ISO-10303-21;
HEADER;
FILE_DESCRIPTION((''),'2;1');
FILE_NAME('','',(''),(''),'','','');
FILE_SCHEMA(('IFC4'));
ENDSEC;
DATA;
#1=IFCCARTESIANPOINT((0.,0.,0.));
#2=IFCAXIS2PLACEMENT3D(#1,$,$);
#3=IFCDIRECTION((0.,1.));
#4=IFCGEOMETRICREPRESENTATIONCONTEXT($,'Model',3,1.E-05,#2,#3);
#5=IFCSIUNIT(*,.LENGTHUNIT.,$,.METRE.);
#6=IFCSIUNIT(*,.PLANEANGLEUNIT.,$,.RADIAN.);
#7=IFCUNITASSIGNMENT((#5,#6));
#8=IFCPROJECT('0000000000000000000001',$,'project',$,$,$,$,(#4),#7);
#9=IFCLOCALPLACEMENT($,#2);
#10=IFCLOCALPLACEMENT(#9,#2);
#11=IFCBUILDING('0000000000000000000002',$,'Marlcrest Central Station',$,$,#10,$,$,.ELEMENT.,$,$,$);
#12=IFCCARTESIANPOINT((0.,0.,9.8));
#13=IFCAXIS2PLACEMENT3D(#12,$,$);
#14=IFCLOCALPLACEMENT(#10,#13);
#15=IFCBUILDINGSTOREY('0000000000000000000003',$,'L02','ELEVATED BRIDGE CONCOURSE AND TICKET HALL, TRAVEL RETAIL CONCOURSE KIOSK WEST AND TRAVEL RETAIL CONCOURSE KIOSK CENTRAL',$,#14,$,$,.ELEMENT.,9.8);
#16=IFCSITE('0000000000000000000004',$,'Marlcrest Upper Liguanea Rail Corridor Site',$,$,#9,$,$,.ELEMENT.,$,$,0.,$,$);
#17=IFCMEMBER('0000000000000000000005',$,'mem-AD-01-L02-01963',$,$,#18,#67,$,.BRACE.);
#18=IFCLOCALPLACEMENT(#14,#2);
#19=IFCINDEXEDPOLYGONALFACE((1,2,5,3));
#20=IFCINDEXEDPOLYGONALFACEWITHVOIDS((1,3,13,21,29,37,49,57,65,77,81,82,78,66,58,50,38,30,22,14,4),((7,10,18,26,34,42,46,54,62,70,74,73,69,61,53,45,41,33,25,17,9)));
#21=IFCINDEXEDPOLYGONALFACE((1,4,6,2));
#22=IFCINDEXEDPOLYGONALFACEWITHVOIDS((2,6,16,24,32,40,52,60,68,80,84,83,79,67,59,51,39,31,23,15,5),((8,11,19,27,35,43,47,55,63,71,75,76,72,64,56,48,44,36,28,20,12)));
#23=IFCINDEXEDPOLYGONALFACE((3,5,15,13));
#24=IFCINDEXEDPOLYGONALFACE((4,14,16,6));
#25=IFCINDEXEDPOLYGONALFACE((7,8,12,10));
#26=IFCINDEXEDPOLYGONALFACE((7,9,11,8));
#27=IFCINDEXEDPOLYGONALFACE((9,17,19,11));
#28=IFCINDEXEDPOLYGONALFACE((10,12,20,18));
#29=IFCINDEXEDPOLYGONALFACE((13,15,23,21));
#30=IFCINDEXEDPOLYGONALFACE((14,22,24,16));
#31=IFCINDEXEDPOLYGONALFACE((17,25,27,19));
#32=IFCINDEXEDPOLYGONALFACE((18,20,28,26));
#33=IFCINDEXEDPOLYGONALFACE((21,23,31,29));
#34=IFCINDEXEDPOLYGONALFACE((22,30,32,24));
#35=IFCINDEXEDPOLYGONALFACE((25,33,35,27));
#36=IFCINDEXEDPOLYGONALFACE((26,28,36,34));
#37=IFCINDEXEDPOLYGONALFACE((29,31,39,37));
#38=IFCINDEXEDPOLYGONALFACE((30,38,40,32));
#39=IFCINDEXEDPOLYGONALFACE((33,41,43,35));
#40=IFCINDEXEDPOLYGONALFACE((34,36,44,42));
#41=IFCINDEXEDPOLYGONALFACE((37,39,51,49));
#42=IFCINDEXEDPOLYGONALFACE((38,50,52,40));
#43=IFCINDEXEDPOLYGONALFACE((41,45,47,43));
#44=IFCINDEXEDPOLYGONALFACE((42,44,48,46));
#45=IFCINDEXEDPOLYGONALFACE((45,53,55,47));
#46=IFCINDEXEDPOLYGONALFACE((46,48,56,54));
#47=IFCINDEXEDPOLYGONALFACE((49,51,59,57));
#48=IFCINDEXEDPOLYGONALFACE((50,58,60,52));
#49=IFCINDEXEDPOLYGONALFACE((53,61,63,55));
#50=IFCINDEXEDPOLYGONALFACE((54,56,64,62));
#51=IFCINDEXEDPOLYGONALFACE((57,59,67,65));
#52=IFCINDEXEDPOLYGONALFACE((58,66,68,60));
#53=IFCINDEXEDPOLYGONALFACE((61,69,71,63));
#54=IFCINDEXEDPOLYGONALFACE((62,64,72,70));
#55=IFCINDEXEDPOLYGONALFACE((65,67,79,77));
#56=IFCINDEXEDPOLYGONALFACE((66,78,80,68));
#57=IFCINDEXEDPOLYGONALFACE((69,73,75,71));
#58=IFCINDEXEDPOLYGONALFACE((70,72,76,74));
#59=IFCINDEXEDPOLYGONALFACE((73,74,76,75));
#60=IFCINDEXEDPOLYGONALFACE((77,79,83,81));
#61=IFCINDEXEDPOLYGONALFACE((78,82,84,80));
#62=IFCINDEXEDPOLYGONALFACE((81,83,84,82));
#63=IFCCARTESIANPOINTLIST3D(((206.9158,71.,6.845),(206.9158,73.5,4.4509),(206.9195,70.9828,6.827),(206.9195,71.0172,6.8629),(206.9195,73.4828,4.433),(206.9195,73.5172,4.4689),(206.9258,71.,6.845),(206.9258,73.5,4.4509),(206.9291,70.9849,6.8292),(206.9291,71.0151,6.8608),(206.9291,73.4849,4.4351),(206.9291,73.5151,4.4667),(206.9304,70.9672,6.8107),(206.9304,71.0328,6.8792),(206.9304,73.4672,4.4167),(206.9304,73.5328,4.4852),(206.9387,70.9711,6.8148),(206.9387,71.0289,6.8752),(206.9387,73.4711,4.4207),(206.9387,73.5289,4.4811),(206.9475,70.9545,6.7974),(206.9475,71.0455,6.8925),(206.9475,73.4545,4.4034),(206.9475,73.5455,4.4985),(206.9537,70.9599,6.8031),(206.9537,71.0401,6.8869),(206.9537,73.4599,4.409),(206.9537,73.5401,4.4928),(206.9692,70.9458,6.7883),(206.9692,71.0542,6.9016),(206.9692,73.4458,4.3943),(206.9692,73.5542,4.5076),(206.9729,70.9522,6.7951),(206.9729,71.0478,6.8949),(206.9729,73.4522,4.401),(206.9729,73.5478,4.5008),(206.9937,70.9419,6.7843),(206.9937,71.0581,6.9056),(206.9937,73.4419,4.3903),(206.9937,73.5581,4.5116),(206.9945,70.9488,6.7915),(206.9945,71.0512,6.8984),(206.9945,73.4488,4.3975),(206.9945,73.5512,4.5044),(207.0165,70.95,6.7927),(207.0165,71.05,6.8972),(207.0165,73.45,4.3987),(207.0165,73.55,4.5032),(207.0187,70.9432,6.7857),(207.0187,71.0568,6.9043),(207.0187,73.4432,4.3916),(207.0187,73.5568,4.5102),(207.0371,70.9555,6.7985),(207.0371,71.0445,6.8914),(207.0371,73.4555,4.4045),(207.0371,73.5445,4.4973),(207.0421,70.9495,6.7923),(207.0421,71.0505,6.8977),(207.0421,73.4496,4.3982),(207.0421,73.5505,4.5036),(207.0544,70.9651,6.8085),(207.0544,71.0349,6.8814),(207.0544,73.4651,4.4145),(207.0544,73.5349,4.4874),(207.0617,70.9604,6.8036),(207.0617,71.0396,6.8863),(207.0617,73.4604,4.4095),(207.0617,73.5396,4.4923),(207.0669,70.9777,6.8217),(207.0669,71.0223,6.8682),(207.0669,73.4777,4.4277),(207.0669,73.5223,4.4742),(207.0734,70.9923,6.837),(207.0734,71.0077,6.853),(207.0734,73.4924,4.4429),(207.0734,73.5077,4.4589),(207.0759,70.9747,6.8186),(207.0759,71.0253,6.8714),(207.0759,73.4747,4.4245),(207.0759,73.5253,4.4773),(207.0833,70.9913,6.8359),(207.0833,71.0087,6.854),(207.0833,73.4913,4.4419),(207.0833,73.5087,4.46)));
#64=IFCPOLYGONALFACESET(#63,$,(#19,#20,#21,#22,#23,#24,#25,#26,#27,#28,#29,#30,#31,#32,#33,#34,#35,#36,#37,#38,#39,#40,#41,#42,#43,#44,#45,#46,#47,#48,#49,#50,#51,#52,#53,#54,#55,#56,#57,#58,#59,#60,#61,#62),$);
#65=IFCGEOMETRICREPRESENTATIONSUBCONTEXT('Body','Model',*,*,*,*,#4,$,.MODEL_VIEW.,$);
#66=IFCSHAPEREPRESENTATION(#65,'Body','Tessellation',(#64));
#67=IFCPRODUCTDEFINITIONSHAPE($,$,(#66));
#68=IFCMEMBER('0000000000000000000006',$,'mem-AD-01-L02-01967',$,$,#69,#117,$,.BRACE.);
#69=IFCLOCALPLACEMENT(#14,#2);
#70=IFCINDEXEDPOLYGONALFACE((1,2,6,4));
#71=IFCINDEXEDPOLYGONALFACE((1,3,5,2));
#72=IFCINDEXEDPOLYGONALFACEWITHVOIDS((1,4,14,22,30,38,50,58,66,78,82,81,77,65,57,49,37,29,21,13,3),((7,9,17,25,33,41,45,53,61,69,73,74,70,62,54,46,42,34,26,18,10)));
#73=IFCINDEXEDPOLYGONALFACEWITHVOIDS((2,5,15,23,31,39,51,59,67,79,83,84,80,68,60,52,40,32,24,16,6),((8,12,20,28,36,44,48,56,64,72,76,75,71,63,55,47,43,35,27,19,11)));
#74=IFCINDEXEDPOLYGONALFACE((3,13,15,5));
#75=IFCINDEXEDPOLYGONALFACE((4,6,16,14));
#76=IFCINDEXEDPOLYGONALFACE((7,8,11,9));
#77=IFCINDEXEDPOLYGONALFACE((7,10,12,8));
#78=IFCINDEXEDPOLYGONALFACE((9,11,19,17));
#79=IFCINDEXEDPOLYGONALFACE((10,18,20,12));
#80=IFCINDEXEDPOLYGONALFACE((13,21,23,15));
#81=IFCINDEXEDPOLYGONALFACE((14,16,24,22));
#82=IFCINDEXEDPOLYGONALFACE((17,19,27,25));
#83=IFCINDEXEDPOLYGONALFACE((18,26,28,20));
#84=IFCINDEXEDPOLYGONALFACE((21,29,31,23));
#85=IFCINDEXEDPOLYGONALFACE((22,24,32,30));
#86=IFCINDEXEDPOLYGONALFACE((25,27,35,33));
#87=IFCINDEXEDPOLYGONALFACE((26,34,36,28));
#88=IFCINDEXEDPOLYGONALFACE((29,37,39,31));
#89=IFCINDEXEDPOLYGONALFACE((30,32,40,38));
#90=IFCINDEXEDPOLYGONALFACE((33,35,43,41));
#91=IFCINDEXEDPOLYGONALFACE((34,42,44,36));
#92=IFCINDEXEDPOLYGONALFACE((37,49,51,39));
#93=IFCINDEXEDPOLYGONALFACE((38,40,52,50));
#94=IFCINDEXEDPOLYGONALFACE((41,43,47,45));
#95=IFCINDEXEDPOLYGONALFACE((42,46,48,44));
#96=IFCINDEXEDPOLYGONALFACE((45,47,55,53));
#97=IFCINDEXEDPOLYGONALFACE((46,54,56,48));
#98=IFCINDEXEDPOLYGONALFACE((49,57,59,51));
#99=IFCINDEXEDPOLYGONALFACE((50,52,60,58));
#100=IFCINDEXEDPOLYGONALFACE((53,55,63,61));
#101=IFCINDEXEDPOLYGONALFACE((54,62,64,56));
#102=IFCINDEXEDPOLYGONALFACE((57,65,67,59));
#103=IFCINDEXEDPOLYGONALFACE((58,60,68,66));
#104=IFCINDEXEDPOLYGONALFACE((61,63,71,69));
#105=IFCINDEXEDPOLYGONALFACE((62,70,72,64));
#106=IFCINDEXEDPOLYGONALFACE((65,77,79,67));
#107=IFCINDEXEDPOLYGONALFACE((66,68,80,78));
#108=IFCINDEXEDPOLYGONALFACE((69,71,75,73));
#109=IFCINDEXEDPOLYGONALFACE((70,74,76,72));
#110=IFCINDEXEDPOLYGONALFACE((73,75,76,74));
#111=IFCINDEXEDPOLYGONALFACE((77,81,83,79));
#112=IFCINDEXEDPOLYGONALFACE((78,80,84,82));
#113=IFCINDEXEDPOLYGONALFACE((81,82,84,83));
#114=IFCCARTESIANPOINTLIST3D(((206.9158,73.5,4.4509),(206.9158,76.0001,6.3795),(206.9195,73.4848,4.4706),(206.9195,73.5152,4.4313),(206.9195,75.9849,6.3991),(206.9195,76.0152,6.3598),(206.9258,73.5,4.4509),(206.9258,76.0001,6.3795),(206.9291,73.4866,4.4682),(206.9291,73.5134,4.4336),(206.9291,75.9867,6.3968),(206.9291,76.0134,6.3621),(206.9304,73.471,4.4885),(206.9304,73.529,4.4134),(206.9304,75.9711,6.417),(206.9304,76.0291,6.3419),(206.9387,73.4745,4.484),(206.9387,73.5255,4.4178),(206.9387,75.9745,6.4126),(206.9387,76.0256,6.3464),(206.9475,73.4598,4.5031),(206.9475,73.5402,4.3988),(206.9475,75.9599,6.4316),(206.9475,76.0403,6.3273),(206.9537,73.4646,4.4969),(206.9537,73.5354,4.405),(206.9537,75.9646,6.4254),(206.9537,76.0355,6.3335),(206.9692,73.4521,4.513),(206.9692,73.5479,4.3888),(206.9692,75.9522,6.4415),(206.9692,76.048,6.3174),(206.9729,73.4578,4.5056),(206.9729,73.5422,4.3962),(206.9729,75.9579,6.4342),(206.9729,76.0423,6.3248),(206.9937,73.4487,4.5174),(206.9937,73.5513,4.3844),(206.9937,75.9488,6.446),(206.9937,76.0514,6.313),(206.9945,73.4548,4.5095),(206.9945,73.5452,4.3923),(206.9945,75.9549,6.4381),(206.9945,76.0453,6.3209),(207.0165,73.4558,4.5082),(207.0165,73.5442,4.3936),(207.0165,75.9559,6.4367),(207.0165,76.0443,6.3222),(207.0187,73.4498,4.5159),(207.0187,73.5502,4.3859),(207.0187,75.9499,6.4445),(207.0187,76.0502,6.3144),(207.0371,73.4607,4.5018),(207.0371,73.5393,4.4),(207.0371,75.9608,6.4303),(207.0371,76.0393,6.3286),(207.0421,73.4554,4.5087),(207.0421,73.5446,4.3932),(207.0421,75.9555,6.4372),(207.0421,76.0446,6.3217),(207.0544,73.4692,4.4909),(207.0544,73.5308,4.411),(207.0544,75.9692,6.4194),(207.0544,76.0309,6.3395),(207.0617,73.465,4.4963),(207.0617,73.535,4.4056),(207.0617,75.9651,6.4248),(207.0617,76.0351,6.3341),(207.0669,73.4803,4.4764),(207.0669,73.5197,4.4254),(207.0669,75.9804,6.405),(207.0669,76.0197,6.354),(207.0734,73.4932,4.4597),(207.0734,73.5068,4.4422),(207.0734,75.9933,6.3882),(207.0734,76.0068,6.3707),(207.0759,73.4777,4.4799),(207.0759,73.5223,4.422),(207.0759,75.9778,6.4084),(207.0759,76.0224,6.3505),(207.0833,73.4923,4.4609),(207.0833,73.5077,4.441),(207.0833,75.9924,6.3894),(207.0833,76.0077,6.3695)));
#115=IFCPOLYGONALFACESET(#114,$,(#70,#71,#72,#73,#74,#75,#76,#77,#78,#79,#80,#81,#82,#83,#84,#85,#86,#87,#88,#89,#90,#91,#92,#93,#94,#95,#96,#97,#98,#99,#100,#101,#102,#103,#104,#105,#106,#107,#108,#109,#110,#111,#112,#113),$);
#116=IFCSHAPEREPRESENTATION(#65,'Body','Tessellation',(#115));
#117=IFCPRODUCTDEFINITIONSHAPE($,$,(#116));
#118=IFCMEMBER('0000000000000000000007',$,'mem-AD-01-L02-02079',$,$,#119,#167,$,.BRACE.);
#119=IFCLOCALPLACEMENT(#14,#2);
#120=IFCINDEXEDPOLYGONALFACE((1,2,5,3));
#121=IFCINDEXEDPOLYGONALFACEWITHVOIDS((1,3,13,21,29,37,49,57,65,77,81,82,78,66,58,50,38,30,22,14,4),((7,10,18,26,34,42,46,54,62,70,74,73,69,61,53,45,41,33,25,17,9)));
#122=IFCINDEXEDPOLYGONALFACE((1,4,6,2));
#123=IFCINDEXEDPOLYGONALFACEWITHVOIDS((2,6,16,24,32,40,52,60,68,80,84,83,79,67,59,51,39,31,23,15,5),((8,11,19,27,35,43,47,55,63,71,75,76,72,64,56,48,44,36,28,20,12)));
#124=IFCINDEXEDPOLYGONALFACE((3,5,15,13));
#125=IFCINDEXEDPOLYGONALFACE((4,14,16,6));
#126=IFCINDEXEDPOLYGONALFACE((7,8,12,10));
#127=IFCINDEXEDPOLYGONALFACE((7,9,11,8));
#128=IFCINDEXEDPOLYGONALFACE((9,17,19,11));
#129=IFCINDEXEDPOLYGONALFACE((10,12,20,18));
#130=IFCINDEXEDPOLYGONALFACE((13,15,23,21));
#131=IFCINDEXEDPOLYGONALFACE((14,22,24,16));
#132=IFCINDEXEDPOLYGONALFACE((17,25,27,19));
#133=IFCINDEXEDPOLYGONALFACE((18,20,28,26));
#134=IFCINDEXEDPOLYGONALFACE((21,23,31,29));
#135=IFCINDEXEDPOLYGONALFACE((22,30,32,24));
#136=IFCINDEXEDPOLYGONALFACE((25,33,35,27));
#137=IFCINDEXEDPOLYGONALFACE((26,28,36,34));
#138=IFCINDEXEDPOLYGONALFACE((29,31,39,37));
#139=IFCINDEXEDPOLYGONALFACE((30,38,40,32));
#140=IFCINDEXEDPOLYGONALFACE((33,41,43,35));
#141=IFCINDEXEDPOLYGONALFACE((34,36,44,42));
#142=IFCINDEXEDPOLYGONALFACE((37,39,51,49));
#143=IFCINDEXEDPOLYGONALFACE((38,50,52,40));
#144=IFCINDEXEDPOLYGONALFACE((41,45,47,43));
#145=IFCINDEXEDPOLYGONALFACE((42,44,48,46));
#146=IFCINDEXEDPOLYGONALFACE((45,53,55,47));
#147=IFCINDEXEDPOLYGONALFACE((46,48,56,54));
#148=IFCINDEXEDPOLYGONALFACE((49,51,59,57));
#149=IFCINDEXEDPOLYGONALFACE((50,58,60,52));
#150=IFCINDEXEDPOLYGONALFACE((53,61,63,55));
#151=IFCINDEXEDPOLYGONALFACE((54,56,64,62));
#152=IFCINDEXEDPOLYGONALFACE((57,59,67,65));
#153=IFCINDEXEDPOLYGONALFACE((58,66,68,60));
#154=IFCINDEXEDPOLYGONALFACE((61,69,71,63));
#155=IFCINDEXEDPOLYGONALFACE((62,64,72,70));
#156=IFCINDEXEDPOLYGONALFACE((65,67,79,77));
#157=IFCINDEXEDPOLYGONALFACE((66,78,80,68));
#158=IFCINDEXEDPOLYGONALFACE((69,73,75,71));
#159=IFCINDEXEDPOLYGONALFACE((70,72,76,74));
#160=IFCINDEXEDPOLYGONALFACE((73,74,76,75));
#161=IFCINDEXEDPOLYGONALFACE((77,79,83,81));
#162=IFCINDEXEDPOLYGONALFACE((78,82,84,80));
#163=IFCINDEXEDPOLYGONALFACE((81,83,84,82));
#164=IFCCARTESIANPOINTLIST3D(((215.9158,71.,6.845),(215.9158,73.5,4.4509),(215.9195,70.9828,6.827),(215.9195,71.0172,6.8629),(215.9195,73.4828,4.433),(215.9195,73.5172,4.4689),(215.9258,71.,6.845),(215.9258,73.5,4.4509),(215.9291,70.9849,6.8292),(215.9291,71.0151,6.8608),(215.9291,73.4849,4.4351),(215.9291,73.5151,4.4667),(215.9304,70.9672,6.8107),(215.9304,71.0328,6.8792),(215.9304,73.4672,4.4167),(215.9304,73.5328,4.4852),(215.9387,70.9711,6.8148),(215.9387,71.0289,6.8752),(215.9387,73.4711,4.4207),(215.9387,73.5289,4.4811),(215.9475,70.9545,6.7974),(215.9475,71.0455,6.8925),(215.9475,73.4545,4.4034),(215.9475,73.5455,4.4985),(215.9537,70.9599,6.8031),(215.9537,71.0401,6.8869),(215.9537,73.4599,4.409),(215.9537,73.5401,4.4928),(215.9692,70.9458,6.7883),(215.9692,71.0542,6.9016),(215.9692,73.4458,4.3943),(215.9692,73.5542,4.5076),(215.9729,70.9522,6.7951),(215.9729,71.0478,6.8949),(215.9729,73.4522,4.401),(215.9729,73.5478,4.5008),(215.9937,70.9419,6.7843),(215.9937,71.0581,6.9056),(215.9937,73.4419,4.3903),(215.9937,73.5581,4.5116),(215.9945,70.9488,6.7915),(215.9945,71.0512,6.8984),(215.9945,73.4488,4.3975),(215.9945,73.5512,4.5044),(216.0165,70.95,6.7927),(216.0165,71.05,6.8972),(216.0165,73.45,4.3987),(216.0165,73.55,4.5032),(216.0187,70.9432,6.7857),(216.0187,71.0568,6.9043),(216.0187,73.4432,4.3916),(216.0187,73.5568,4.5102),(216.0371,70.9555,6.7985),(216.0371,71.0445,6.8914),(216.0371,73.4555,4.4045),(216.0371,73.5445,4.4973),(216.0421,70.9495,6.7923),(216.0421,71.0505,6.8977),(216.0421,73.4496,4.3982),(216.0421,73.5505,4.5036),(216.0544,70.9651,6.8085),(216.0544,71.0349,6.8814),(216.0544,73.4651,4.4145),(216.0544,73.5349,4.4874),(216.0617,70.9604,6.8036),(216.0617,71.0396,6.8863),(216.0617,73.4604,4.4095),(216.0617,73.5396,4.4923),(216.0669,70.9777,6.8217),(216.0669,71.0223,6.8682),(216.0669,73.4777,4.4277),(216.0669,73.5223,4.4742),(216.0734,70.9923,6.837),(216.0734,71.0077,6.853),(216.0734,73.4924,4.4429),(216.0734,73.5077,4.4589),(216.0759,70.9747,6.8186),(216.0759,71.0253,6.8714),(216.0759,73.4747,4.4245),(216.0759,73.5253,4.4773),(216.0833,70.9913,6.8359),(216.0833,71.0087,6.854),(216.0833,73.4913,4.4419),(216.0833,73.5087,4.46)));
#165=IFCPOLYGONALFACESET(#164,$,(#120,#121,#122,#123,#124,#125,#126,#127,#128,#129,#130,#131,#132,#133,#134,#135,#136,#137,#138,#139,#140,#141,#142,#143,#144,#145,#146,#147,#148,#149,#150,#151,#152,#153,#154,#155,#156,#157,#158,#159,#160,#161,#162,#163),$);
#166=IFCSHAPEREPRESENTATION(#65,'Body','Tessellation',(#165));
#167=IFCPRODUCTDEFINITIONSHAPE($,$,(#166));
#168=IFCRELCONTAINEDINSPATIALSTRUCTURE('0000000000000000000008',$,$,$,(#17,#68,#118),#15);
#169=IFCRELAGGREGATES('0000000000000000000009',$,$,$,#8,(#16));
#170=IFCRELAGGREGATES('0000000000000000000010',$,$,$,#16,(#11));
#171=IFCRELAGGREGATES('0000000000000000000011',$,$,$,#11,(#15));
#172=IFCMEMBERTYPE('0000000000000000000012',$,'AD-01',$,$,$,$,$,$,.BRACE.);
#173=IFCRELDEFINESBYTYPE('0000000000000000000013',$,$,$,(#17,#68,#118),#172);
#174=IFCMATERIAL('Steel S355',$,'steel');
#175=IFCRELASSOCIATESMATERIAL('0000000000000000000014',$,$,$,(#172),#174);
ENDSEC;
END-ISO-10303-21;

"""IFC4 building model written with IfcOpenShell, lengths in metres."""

from ifc_helpers import new_model, si_unit, direction, frame, origin, origin_2d, place, context, subcontext, project, spatial, hollow_circle, extrude, material, material_profile, profile_set, type_object, element, save


model = new_model("IFC4")

# Units and contexts
model_context = context("Model", 3, precision=1e-05, world=origin(), true_north=direction((0.0, 1.0)))
body_context = subcontext(model_context, "Body", "Model", "MODEL_VIEW")
ifc_project = project(units=[si_unit("LENGTHUNIT", "METRE"), si_unit("PLANEANGLEUNIT", "RADIAN")], contexts=[model_context])

# Site, building, storey
site_placement = place(None, origin())
site = spatial("IfcSite", under=ifc_project, at=site_placement, Name="Marlcrest Upper Liguanea Rail Corridor Site", CompositionType="ELEMENT", RefElevation=0.0)
building_placement = place(site_placement, origin())
building = spatial("IfcBuilding", under=site, at=building_placement, Name="Marlcrest Central Station", CompositionType="ELEMENT")
storey_placement = place(building_placement, frame((0.0, 0.0, 9.8)))
storey = spatial("IfcBuildingStorey", under=building, at=storey_placement, Name="L02", Description="ELEVATED BRIDGE CONCOURSE AND TICKET HALL, TRAVEL RETAIL CONCOURSE KIOSK WEST AND TRAVEL RETAIL CONCOURSE KIOSK CENTRAL", CompositionType="ELEMENT", Elevation=9.8)

# Members
ifc_material = material(Name="Steel S355", Category="steel")
ifc_material_profile_1 = material_profile(ifc_material, hollow_circle(Radius=0.0842, WallThickness=0.01, at=origin_2d()), Name="CHS 168.3x10")
ifc_profile_set_1 = profile_set([ifc_material_profile_1], Name="Steel S355")
member_type_1 = type_object("IfcMemberType", Name="AD-01", PredefinedType="BRACE", material=ifc_profile_set_1)
member_1_placement = place(storey_placement, frame((207.0, 71.0, 6.845), z_axis=(0.0, 0.722247, -0.691636), x_axis=(-1.0, 0.0, 0.0)))
element("IfcMember", 1, at=member_1_placement, inside=storey, type_object=member_type_1, Name="mem-AD-01-L02-01963", PredefinedType="BRACE", context=body_context, shape_type="SweptSolid", body=[
    extrude(hollow_circle(Radius=0.0842, WallThickness=0.01, at=origin_2d()), origin(), (0.0, 0.0, 1.0), 3.4614),
])
member_2_placement = place(storey_placement, frame((207.0, 73.5, 4.4509), z_axis=(0.0, 0.791798, 0.610783), x_axis=(-1.0, 0.0, 0.0)))
element("IfcMember", 2, at=member_2_placement, inside=storey, type_object=member_type_1, Name="mem-AD-01-L02-01967", PredefinedType="BRACE", context=body_context, shape_type="SweptSolid", body=[
    extrude(hollow_circle(Radius=0.0842, WallThickness=0.01, at=origin_2d()), origin(), (0.0, 0.0, 1.0), 3.1575),
])
member_3_placement = place(storey_placement, frame((216.0, 71.0, 6.845), z_axis=(0.0, 0.722247, -0.691636), x_axis=(-1.0, 0.0, 0.0)))
element("IfcMember", 3, at=member_3_placement, inside=storey, type_object=member_type_1, Name="mem-AD-01-L02-02079", PredefinedType="BRACE", context=body_context, shape_type="SweptSolid", body=[
    extrude(hollow_circle(Radius=0.0842, WallThickness=0.01, at=origin_2d()), origin(), (0.0, 0.0, 1.0), 3.4614),
])

save(model, "model.ifc")
